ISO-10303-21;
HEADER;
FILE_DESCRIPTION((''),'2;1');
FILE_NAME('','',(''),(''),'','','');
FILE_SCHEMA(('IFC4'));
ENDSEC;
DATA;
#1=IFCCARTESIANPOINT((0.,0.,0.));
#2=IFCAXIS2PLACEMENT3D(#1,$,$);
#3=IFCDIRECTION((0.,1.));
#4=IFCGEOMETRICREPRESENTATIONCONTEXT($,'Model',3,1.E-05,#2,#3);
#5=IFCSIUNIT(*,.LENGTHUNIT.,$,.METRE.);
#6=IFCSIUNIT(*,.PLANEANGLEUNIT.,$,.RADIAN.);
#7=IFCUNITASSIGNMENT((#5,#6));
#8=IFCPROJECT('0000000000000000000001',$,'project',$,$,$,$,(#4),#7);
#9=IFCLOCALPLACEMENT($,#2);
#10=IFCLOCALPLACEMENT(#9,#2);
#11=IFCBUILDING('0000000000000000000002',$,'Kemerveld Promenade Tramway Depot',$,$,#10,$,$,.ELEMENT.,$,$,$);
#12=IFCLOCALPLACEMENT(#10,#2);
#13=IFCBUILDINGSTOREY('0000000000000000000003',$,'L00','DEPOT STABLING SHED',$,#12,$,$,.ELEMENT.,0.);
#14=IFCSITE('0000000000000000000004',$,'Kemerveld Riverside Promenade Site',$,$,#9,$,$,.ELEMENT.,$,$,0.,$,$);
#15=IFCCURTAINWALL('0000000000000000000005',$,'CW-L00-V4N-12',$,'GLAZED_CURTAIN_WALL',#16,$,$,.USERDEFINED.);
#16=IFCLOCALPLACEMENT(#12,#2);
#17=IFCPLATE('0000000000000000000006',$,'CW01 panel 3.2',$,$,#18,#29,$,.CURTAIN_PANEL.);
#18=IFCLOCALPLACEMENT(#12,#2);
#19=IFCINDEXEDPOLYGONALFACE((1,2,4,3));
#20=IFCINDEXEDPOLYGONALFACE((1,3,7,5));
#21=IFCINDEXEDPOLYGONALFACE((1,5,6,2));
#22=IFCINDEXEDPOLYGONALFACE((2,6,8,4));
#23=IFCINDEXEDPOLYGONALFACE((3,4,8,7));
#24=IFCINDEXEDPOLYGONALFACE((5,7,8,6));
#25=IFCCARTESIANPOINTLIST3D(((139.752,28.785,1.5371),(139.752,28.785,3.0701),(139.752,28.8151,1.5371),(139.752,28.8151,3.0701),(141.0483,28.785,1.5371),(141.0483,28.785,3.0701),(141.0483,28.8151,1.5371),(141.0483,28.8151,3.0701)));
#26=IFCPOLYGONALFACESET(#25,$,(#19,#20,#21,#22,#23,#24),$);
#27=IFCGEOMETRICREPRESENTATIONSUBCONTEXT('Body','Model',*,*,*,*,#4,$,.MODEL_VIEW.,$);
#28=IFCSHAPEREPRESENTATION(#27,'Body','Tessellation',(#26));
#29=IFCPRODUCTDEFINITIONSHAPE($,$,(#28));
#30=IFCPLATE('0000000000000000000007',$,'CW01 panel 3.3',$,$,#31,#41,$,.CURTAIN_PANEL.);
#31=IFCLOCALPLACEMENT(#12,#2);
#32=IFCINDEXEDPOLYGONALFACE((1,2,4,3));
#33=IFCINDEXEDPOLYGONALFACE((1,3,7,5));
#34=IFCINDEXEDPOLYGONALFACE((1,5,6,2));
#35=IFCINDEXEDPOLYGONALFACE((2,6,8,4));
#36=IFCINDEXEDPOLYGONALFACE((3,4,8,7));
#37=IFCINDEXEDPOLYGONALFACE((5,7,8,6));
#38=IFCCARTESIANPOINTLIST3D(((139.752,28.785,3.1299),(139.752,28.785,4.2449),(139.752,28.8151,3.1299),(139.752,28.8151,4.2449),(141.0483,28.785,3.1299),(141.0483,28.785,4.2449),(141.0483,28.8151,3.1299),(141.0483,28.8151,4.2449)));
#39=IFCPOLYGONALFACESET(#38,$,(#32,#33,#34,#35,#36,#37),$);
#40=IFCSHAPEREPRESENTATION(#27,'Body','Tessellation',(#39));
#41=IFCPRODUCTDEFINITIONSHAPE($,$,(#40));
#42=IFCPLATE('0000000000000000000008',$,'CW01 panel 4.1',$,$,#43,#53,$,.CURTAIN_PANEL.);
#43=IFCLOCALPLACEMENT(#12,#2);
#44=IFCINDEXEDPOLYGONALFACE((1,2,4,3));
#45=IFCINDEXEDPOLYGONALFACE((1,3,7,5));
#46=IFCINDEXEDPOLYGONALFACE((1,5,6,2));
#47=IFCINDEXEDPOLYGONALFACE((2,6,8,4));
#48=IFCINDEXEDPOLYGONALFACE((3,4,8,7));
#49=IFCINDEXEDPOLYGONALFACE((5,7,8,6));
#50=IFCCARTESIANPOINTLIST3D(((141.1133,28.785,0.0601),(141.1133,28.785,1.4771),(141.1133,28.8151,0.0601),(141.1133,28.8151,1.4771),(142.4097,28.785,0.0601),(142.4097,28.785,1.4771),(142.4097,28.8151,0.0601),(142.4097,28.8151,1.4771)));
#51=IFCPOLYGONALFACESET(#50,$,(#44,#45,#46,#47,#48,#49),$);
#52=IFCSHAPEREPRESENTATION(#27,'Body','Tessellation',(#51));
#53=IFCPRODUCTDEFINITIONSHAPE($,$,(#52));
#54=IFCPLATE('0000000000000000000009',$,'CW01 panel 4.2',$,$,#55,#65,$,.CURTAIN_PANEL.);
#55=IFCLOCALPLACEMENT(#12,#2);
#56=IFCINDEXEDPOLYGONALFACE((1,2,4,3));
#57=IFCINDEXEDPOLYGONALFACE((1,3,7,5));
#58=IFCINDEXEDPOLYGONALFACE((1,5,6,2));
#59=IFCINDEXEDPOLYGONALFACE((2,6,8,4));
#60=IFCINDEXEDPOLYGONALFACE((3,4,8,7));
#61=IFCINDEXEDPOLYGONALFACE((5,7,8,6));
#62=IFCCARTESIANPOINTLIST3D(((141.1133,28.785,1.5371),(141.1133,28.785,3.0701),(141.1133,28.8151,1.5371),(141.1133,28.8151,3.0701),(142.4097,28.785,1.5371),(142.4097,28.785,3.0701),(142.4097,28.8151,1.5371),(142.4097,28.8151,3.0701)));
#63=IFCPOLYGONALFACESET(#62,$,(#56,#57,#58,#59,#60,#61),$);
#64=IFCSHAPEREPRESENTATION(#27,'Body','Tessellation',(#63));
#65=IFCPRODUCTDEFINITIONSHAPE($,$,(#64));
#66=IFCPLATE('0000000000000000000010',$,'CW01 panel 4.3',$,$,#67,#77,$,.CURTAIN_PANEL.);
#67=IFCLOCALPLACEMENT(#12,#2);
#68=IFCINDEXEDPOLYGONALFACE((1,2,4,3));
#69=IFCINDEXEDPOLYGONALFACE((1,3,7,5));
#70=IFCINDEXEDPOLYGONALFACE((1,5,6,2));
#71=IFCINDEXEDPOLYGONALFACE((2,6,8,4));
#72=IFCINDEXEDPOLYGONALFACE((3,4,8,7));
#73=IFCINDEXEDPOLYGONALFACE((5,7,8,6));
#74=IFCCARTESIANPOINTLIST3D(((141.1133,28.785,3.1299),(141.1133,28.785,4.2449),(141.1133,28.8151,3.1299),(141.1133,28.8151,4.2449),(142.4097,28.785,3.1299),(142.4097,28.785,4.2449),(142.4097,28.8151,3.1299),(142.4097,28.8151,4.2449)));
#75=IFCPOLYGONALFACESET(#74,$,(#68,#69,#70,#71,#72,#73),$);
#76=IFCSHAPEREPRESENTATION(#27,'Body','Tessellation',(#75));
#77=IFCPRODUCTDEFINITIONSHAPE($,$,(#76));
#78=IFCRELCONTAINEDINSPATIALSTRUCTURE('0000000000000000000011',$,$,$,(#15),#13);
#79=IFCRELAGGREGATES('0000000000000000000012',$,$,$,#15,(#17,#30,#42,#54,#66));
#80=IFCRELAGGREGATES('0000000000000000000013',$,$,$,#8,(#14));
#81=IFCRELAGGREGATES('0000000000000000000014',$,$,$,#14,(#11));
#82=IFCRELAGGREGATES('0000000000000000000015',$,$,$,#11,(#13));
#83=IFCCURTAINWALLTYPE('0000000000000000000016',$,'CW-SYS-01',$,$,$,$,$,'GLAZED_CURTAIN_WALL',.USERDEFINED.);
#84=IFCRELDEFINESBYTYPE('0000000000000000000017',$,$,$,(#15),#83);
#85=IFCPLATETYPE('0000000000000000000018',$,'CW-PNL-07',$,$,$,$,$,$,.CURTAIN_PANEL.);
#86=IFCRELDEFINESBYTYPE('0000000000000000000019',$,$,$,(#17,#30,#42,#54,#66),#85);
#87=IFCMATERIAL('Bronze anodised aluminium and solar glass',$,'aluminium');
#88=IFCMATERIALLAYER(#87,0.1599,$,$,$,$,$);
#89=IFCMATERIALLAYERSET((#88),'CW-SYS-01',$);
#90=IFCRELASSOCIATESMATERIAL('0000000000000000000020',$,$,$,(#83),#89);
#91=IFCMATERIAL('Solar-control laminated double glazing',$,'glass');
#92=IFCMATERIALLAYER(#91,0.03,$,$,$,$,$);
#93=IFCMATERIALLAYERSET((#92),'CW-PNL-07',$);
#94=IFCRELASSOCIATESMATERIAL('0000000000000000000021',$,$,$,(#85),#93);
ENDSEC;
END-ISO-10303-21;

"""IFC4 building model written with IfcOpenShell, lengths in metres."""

from ifc_helpers import new_model, si_unit, direction, frame, origin, origin_2d, place, context, subcontext, project, spatial, rectangle, extrude, material, layer, layer_set, type_object, element, aggregate, save


model = new_model("IFC4")

# Units and contexts
model_context = context("Model", 3, precision=1e-05, world=origin(), true_north=direction((0.0, 1.0)))
body_context = subcontext(model_context, "Body", "Model", "MODEL_VIEW")
ifc_project = project(units=[si_unit("LENGTHUNIT", "METRE"), si_unit("PLANEANGLEUNIT", "RADIAN")], contexts=[model_context])

# Site, building, storey
site_placement = place(None, origin())
site = spatial("IfcSite", under=ifc_project, at=site_placement, Name="Kemerveld Riverside Promenade Site", CompositionType="ELEMENT", RefElevation=0.0)
building_placement = place(site_placement, origin())
building = spatial("IfcBuilding", under=site, at=building_placement, Name="Kemerveld Promenade Tramway Depot", CompositionType="ELEMENT")
storey_placement = place(building_placement, origin())
storey = spatial("IfcBuildingStorey", under=building, at=storey_placement, Name="L00", Description="DEPOT STABLING SHED", CompositionType="ELEMENT", Elevation=0.0)

# Curtain wall, plates
ifc_material_1 = material(Name="Bronze anodised aluminium and solar glass", Category="aluminium")
ifc_layer_1 = layer(ifc_material_1, 0.1599)
ifc_layer_set_1 = layer_set([ifc_layer_1], Name="CW-SYS-01")
curtain_wall_type = type_object("IfcCurtainWallType", Name="CW-SYS-01", ElementType="GLAZED_CURTAIN_WALL", PredefinedType="USERDEFINED", material=ifc_layer_set_1)
curtain_wall_placement = place(storey_placement, origin())
curtain_wall = element("IfcCurtainWall", 1, at=curtain_wall_placement, inside=storey, type_object=curtain_wall_type, Name="CW-L00-V4N-12", ObjectType="GLAZED_CURTAIN_WALL", PredefinedType="USERDEFINED")
ifc_material_2 = material(Name="Solar-control laminated double glazing", Category="glass")
ifc_layer_2 = layer(ifc_material_2, 0.03)
ifc_layer_set_2 = layer_set([ifc_layer_2], Name="CW-PNL-07")
plate_type = type_object("IfcPlateType", Name="CW-PNL-07", PredefinedType="CURTAIN_PANEL", material=ifc_layer_set_2)
plate_1_placement = place(storey_placement, frame((140.4001, 28.8, 1.5371), z_axis=(0.0, 0.0, 1.0), x_axis=(1.0, 0.0, 0.0)))
plate_1 = element("IfcPlate", 2, at=plate_1_placement, type_object=plate_type, Name="CW01 panel 3.2", PredefinedType="CURTAIN_PANEL", context=body_context, shape_type="SweptSolid", body=[
    extrude(rectangle(XDim=1.2964, YDim=0.03, at=origin_2d()), origin(), (0.0, 0.0, 1.0), 1.533),
])
plate_2_placement = place(storey_placement, frame((140.4001, 28.8, 3.1299), z_axis=(0.0, 0.0, 1.0), x_axis=(1.0, 0.0, 0.0)))
plate_2 = element("IfcPlate", 3, at=plate_2_placement, type_object=plate_type, Name="CW01 panel 3.3", PredefinedType="CURTAIN_PANEL", context=body_context, shape_type="SweptSolid", body=[
    extrude(rectangle(XDim=1.2964, YDim=0.03, at=origin_2d()), origin(), (0.0, 0.0, 1.0), 1.115),
])
plate_3_placement = place(storey_placement, frame((141.7615, 28.8, 0.0601), z_axis=(0.0, 0.0, 1.0), x_axis=(1.0, 0.0, 0.0)))
plate_3 = element("IfcPlate", 4, at=plate_3_placement, type_object=plate_type, Name="CW01 panel 4.1", PredefinedType="CURTAIN_PANEL", context=body_context, shape_type="SweptSolid", body=[
    extrude(rectangle(XDim=1.2964, YDim=0.03, at=origin_2d()), origin(), (0.0, 0.0, 1.0), 1.417),
])
plate_4_placement = place(storey_placement, frame((141.7615, 28.8, 1.5371), z_axis=(0.0, 0.0, 1.0), x_axis=(1.0, 0.0, 0.0)))
plate_4 = element("IfcPlate", 5, at=plate_4_placement, type_object=plate_type, Name="CW01 panel 4.2", PredefinedType="CURTAIN_PANEL", context=body_context, shape_type="SweptSolid", body=[
    extrude(rectangle(XDim=1.2964, YDim=0.03, at=origin_2d()), origin(), (0.0, 0.0, 1.0), 1.533),
])
plate_5_placement = place(storey_placement, frame((141.7615, 28.8, 3.1299), z_axis=(0.0, 0.0, 1.0), x_axis=(1.0, 0.0, 0.0)))
plate_5 = element("IfcPlate", 6, at=plate_5_placement, type_object=plate_type, Name="CW01 panel 4.3", PredefinedType="CURTAIN_PANEL", context=body_context, shape_type="SweptSolid", body=[
    extrude(rectangle(XDim=1.2964, YDim=0.03, at=origin_2d()), origin(), (0.0, 0.0, 1.0), 1.115),
])
aggregate(curtain_wall, [plate_1, plate_2, plate_3, plate_4, plate_5])

save(model, "model.ifc")
